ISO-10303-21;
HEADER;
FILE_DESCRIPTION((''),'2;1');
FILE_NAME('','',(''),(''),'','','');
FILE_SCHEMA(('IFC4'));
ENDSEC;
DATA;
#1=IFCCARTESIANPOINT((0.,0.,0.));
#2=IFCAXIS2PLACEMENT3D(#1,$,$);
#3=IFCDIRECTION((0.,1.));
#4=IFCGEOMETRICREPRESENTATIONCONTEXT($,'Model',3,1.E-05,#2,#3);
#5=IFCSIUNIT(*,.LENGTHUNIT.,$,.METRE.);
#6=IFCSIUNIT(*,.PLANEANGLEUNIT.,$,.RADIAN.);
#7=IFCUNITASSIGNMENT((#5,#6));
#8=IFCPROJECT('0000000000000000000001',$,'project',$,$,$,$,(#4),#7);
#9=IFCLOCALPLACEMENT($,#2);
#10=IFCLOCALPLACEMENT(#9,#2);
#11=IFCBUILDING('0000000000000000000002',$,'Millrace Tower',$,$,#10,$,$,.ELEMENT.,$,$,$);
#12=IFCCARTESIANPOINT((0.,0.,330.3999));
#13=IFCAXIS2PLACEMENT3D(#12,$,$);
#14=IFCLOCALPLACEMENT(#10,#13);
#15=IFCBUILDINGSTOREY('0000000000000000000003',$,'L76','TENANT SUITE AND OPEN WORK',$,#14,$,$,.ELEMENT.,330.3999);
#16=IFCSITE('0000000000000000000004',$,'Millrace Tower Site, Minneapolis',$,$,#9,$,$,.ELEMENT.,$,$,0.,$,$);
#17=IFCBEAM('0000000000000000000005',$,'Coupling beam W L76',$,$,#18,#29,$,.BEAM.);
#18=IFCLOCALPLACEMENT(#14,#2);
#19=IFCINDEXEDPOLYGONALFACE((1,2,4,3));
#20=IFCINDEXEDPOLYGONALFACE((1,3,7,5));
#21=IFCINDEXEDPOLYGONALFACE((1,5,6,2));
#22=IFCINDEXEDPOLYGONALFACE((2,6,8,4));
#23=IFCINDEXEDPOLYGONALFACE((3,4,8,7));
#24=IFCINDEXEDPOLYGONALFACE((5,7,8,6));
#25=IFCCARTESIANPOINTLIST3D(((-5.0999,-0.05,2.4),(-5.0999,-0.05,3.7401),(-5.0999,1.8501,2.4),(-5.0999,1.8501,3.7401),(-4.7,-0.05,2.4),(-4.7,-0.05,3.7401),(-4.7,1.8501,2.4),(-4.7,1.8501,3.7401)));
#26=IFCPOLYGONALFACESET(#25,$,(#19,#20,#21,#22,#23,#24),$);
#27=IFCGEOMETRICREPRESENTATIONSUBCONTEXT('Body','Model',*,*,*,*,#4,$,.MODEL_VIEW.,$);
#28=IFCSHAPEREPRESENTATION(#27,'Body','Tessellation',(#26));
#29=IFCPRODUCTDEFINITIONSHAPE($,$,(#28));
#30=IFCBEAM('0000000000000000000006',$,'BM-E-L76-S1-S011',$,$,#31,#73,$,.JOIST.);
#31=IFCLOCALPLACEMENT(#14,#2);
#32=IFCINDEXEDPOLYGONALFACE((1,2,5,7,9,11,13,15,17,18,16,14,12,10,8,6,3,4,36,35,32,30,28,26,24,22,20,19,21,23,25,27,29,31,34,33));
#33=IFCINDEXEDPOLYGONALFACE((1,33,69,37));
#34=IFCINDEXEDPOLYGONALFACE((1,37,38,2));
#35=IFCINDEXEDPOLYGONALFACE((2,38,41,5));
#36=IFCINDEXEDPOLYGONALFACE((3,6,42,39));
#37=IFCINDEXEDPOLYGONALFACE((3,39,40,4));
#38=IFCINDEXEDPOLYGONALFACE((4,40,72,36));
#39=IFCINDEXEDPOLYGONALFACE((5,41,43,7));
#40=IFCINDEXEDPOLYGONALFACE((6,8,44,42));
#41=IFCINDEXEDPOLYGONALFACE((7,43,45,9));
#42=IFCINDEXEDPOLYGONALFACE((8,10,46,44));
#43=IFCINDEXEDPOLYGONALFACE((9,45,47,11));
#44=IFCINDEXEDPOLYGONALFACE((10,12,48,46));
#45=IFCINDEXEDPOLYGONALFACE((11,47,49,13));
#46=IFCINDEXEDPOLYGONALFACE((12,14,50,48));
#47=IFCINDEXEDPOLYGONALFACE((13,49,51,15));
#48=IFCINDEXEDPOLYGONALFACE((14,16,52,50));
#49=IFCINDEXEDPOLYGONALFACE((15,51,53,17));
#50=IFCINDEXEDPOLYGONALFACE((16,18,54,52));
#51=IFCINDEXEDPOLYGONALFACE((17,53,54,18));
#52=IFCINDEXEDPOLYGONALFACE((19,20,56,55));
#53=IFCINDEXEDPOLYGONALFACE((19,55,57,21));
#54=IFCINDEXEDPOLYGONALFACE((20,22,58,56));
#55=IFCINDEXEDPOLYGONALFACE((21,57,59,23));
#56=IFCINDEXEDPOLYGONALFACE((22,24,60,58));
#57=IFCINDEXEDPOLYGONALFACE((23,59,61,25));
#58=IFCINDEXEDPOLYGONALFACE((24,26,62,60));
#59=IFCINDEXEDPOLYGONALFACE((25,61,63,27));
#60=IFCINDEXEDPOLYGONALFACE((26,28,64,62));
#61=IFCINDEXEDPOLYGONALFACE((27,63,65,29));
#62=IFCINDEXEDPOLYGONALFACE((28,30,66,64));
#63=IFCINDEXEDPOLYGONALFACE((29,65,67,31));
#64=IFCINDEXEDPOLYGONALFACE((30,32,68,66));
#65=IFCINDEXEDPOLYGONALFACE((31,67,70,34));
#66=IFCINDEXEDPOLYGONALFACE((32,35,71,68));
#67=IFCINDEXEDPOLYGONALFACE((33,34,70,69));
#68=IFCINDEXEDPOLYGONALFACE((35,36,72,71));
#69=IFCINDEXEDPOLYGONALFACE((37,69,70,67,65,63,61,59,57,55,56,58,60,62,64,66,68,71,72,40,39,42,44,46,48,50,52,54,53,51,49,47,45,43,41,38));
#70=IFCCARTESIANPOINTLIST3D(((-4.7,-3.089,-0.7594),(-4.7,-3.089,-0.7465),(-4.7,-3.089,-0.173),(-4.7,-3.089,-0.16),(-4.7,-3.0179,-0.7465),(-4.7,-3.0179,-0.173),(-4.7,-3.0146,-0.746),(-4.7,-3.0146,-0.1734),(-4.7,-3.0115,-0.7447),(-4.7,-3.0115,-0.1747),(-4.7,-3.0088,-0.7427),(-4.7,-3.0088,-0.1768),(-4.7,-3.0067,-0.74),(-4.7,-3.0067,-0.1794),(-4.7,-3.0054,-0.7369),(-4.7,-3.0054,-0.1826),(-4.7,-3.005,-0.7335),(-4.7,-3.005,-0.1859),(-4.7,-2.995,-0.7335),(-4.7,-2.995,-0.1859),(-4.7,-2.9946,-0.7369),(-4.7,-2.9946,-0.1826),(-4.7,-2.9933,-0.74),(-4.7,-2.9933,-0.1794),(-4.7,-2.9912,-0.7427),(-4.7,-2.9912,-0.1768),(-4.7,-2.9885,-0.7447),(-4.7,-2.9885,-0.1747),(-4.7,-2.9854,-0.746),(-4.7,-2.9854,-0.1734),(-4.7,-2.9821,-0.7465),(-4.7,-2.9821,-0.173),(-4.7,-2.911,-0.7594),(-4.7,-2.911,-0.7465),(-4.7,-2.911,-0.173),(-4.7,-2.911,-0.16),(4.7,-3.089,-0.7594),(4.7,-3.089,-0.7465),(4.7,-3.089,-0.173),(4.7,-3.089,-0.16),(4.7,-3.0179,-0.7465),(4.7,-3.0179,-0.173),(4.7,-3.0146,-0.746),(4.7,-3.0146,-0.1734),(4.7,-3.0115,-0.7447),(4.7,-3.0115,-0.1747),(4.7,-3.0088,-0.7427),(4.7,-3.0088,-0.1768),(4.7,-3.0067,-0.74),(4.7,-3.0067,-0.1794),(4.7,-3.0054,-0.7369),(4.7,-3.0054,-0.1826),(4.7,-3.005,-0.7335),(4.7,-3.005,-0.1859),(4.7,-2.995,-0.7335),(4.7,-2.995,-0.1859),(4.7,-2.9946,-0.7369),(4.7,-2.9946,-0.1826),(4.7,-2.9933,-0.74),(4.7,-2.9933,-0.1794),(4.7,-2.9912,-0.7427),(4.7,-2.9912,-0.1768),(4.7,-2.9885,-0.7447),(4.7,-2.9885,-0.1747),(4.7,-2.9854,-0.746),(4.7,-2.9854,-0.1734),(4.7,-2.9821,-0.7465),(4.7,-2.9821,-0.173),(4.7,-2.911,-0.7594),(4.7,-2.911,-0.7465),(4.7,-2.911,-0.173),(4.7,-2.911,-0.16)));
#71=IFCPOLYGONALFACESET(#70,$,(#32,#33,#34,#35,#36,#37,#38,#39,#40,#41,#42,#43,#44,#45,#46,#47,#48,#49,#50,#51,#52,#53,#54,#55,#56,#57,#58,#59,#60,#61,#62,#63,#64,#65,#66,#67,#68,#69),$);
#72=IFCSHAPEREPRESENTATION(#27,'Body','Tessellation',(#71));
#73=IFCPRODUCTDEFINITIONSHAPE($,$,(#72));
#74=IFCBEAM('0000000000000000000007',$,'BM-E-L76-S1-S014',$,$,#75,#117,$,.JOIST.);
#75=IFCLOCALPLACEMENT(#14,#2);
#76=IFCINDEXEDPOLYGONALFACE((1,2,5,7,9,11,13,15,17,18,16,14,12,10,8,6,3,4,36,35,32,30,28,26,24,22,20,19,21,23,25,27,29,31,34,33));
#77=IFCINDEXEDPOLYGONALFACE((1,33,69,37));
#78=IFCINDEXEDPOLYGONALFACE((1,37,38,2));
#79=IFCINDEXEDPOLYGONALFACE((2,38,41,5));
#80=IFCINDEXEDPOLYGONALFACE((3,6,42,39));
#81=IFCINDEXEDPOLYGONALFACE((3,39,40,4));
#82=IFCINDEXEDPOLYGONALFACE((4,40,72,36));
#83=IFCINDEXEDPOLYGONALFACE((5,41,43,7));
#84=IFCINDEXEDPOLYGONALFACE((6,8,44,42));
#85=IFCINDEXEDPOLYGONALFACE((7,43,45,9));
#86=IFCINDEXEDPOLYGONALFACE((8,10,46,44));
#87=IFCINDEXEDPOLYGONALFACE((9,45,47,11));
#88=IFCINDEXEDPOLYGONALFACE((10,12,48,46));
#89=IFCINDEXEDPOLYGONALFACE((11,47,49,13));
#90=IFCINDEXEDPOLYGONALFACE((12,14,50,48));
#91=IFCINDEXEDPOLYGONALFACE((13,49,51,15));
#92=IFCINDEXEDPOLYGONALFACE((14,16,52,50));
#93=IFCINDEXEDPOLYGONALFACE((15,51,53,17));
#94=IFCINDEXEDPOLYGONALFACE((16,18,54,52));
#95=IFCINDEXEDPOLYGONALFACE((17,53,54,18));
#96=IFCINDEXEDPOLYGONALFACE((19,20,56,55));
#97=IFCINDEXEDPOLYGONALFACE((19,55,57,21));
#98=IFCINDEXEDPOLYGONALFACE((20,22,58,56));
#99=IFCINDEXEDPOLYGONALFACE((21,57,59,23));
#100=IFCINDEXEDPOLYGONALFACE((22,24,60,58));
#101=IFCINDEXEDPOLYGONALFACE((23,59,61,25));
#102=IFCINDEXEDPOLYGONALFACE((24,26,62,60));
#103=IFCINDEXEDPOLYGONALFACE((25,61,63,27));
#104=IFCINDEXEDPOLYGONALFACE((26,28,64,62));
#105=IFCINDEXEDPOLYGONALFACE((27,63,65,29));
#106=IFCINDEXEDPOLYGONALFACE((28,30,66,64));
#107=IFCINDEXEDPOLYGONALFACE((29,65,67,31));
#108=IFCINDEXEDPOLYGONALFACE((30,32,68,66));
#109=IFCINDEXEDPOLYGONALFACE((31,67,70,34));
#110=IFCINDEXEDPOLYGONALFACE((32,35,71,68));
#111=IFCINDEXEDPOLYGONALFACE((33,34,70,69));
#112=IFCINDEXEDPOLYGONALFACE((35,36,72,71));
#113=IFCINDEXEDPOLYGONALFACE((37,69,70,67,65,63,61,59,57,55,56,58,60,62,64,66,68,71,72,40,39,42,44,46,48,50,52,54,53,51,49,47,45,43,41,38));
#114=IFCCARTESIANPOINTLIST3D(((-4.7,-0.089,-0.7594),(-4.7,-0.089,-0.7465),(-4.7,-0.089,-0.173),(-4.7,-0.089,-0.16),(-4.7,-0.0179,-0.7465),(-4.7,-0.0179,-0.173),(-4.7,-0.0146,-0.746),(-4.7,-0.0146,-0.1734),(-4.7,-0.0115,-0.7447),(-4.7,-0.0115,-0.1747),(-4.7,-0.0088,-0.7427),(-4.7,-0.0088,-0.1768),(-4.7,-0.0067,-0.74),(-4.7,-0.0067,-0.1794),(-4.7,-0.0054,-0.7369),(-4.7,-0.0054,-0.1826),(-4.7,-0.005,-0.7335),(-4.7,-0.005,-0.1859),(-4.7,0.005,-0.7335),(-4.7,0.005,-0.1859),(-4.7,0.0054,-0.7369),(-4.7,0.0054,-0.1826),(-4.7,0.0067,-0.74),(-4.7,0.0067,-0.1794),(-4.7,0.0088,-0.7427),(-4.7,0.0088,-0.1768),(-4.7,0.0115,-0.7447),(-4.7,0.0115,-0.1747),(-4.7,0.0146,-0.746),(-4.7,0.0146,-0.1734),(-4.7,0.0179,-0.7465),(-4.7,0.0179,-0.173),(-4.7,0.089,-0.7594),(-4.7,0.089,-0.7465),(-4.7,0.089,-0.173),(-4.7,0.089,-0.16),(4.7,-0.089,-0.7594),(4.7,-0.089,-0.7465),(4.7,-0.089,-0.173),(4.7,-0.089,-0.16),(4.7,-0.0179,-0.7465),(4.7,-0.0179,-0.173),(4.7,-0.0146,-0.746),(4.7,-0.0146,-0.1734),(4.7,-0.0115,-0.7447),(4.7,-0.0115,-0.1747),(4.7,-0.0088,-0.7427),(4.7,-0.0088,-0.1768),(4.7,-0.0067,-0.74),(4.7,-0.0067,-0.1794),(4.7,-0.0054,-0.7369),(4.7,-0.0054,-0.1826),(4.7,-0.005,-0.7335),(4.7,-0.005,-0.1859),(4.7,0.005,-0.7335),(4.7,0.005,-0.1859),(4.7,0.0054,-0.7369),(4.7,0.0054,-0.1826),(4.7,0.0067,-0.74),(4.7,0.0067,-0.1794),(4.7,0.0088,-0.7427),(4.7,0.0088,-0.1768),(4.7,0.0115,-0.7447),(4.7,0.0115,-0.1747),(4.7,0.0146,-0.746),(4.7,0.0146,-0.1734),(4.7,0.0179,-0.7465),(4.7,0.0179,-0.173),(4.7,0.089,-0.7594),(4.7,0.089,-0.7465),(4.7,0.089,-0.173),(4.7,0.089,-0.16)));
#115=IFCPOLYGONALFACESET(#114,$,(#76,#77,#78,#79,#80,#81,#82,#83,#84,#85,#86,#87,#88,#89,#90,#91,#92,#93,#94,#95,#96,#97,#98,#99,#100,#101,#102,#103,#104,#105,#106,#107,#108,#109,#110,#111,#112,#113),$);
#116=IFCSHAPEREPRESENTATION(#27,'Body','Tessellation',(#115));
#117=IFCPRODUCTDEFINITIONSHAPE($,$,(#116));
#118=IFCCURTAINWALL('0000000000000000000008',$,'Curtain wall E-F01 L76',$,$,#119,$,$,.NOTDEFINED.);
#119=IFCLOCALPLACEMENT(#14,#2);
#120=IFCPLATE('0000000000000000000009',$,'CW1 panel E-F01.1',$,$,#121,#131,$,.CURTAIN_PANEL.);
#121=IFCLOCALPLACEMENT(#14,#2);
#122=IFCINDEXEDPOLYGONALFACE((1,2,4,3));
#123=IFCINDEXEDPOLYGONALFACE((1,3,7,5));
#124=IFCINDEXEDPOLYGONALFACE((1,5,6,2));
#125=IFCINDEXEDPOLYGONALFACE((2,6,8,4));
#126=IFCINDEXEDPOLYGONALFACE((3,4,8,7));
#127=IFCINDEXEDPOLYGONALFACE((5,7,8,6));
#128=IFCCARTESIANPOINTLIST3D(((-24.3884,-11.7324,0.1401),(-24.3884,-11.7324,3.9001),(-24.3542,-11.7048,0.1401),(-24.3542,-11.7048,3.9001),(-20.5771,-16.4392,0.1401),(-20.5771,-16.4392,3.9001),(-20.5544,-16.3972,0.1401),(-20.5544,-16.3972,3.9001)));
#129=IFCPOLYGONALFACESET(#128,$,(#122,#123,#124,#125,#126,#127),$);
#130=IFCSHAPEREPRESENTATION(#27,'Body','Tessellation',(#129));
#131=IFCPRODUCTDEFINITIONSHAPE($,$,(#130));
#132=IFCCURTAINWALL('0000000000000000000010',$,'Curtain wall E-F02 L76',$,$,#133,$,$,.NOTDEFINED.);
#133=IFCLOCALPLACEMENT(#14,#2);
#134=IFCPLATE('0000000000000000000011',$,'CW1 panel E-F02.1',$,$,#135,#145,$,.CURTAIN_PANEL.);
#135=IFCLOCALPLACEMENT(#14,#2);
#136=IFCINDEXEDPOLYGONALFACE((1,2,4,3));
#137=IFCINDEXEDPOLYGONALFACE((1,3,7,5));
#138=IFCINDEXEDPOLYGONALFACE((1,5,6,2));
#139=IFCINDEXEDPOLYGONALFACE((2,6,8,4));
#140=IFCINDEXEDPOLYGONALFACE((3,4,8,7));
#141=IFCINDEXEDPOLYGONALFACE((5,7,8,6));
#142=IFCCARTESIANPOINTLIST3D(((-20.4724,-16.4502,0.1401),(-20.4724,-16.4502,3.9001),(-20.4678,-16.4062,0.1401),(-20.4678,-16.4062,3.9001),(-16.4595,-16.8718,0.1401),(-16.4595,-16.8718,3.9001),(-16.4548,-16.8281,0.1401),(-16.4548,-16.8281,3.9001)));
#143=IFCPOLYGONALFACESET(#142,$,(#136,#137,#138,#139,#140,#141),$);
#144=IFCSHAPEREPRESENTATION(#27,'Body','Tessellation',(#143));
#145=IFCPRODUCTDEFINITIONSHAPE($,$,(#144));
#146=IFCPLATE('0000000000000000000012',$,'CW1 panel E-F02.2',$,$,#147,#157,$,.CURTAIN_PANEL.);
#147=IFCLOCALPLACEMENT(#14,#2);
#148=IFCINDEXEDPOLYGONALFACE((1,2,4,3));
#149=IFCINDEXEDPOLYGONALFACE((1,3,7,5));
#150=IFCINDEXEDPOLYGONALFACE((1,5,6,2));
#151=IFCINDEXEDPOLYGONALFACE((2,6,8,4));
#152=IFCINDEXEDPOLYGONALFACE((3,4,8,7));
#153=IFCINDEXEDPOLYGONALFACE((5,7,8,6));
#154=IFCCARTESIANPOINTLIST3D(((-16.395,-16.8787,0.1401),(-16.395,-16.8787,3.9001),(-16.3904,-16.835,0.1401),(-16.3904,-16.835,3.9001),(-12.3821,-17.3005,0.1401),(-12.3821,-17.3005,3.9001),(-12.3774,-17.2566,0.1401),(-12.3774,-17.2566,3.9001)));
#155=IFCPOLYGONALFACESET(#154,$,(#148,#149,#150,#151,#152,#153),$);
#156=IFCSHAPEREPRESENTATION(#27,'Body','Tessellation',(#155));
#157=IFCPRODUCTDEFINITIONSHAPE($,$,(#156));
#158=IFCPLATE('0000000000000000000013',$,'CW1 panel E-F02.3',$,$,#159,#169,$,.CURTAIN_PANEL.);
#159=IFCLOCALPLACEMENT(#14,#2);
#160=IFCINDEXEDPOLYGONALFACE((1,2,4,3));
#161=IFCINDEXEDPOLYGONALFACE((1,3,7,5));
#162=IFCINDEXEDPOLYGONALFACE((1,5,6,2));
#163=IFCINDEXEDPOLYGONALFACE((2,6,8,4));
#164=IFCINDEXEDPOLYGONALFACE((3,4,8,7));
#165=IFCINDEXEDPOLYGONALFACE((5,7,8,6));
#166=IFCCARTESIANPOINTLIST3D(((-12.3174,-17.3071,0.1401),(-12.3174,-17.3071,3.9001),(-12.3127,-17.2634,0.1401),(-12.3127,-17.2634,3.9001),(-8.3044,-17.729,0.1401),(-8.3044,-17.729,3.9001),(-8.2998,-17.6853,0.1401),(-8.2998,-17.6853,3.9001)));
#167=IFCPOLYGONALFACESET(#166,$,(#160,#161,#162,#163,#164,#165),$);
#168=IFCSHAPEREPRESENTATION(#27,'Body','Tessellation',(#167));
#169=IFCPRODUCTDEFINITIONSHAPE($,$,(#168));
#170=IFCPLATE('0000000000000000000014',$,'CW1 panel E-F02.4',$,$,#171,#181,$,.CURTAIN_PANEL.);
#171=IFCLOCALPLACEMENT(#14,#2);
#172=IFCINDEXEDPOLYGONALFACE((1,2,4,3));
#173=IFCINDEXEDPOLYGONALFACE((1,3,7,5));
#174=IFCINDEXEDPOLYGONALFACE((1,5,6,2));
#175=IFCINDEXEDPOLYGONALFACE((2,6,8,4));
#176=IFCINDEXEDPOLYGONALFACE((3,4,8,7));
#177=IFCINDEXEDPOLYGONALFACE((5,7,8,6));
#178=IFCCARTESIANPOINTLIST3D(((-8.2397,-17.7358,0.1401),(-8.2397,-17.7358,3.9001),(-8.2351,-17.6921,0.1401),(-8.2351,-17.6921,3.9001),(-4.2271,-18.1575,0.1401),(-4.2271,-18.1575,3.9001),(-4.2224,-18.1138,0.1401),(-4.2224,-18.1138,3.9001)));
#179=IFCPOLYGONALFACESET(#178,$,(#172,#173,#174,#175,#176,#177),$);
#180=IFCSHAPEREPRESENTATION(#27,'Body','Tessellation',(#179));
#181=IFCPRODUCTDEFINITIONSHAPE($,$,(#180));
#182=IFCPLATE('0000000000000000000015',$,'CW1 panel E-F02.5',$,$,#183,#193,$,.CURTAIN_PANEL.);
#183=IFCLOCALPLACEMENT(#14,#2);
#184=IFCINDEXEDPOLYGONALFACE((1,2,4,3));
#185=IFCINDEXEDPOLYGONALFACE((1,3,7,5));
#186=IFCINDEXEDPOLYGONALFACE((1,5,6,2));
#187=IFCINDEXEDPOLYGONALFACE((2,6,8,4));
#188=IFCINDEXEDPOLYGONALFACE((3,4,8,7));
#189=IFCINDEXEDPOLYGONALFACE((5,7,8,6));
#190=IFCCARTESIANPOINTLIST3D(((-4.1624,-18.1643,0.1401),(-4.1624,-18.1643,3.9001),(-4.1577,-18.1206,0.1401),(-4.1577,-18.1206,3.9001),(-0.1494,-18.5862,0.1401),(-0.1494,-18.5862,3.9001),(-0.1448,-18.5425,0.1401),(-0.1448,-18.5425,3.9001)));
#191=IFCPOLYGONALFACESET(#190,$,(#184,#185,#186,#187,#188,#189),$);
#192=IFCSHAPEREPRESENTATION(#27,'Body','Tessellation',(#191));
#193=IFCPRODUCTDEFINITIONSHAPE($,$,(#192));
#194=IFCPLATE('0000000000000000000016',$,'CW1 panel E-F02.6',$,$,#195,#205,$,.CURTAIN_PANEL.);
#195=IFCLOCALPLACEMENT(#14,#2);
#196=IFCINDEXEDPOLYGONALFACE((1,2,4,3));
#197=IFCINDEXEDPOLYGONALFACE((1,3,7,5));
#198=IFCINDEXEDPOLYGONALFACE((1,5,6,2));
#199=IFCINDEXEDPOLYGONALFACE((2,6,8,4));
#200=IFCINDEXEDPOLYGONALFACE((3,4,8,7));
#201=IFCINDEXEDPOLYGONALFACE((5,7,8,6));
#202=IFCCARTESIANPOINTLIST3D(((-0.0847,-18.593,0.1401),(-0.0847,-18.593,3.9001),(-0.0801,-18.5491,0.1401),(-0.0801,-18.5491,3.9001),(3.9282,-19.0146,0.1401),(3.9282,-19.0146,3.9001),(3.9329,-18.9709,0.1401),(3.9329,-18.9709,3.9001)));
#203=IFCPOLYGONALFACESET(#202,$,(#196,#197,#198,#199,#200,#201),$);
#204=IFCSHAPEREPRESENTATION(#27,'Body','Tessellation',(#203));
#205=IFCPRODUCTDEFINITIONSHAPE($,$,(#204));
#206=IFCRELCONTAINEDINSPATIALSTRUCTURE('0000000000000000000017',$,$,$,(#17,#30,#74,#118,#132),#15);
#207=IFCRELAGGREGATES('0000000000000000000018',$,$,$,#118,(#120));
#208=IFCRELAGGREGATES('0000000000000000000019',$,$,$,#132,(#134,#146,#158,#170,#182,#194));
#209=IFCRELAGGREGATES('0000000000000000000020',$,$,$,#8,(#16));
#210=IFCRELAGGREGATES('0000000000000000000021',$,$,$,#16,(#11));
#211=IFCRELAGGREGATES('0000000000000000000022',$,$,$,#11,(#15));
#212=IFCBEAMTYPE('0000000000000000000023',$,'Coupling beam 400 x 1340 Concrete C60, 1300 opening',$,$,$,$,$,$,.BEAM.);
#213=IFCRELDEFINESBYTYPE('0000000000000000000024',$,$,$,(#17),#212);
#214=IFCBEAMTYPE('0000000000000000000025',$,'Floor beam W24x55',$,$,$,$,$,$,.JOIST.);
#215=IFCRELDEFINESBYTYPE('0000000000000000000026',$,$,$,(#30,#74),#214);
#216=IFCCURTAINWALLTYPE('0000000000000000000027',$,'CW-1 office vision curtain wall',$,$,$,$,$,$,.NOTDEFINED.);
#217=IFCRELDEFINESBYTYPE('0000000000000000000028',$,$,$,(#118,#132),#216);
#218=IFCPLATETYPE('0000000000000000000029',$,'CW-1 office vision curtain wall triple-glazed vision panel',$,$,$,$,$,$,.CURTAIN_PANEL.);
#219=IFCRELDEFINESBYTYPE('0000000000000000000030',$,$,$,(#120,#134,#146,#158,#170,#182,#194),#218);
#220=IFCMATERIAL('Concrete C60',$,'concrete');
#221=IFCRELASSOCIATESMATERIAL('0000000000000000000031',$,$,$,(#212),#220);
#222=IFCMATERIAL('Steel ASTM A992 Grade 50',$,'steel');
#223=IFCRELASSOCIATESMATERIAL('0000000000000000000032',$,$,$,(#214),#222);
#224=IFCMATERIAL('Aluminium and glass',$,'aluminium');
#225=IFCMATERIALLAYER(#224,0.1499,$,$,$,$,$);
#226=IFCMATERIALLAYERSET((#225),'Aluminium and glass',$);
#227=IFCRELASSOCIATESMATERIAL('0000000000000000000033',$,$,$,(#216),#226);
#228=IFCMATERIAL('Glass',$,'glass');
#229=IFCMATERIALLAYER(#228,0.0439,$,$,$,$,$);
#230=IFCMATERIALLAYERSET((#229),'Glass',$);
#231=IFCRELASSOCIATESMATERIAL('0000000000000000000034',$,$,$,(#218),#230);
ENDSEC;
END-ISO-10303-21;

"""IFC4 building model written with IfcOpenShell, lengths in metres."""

from ifc_helpers import new_model, si_unit, direction, frame, origin, origin_2d, place, context, subcontext, project, spatial, polyline, rectangle, i_section, outline, extrude, material, layer, layer_set, material_profile, profile_set, type_object, element, aggregate, save


model = new_model("IFC4")

# Units and contexts
model_context = context("Model", 3, precision=1e-05, world=origin(), true_north=direction((0.0, 1.0)))
body_context = subcontext(model_context, "Body", "Model", "MODEL_VIEW")
ifc_project = project(units=[si_unit("LENGTHUNIT", "METRE"), si_unit("PLANEANGLEUNIT", "RADIAN")], contexts=[model_context])

# Site, building, storey
site_placement = place(None, origin())
site = spatial("IfcSite", under=ifc_project, at=site_placement, Name="Millrace Tower Site, Minneapolis", CompositionType="ELEMENT", RefElevation=0.0)
building_placement = place(site_placement, origin())
building = spatial("IfcBuilding", under=site, at=building_placement, Name="Millrace Tower", CompositionType="ELEMENT")
storey_placement = place(building_placement, frame((0.0, 0.0, 330.3999)))
storey = spatial("IfcBuildingStorey", under=building, at=storey_placement, Name="L76", Description="TENANT SUITE AND OPEN WORK", CompositionType="ELEMENT", Elevation=330.3999)

# Beams
ifc_material_1 = material(Name="Concrete C60", Category="concrete")
ifc_material_profile_1 = material_profile(ifc_material_1, rectangle(XDim=0.3999, YDim=1.3401, at=origin_2d()))
ifc_profile_set_1 = profile_set([ifc_material_profile_1], Name="Concrete C60")
beam_type_1 = type_object("IfcBeamType", Name="Coupling beam 400 x 1340 Concrete C60, 1300 opening", PredefinedType="BEAM", material=ifc_profile_set_1)
beam_placement = place(storey_placement, frame((-4.8999, -0.05, 3.0701), z_axis=(0.0, 1.0, 0.0), x_axis=(-1.0, 0.0, 0.0)))
element("IfcBeam", 1, at=beam_placement, inside=storey, type_object=beam_type_1, Name="Coupling beam W L76", PredefinedType="BEAM", context=body_context, shape_type="SweptSolid", body=[
    extrude(rectangle(XDim=0.3999, YDim=1.3401, at=origin_2d()), origin(), (0.0, 0.0, 1.0), 1.9001),
])
ifc_material_2 = material(Name="Steel ASTM A992 Grade 50", Category="steel")
ifc_material_profile_2 = material_profile(ifc_material_2, i_section(OverallWidth=0.178, OverallDepth=0.5994, WebThickness=0.01, FlangeThickness=0.0129, FilletRadius=0.0129, at=origin_2d()))
ifc_profile_set_2 = profile_set([ifc_material_profile_2], Name="Steel ASTM A992 Grade 50")
beam_type_2 = type_object("IfcBeamType", Name="Floor beam W24x55", PredefinedType="JOIST", material=ifc_profile_set_2)
for number, where, z_axis, x_axis, name in (
    (2, (-4.7, -3.0, -0.4597), (1.0, 0.0, 0.0), (0.0, 1.0, 0.0), "BM-E-L76-S1-S011"),
    (3, (-4.7, 0.0, -0.4597), (1.0, 0.0, 0.0), (0.0, 1.0, 0.0), "BM-E-L76-S1-S014"),
):
    element("IfcBeam", number, at=place(storey_placement, frame(where, z_axis=z_axis, x_axis=x_axis)), inside=storey, type_object=beam_type_2, Name=name, PredefinedType="JOIST", context=body_context, shape_type="SweptSolid", body=[
        extrude(i_section(OverallWidth=0.178, OverallDepth=0.5994, WebThickness=0.01, FlangeThickness=0.0129, FilletRadius=0.0129, at=origin_2d()), origin(), (0.0, 0.0, 1.0), 9.3999),
    ])

# Curtain wall, plate
ifc_material_3 = material(Name="Aluminium and glass", Category="aluminium")
ifc_layer_1 = layer(ifc_material_3, 0.1499)
ifc_layer_set_1 = layer_set([ifc_layer_1], Name="Aluminium and glass")
curtain_wall_type = type_object("IfcCurtainWallType", Name="CW-1 office vision curtain wall", PredefinedType="NOTDEFINED", material=ifc_layer_set_1)
placement_1 = place(storey_placement, origin())
curtain_wall_1 = element("IfcCurtainWall", 4, at=placement_1, inside=storey, type_object=curtain_wall_type, Name="Curtain wall E-F01 L76", PredefinedType="NOTDEFINED")
ifc_material_4 = material(Name="Glass", Category="glass")
ifc_layer_2 = layer(ifc_material_4, 0.0439)
ifc_layer_set_2 = layer_set([ifc_layer_2], Name="Glass")
plate_type = type_object("IfcPlateType", Name="CW-1 office vision curtain wall triple-glazed vision panel", PredefinedType="CURTAIN_PANEL", material=ifc_layer_set_2)
placement_2 = place(storey_placement, frame((0.0, 0.0, 0.1401)))
plate_1 = element("IfcPlate", 5, at=placement_2, type_object=plate_type, Name="CW1 panel E-F01.1", PredefinedType="CURTAIN_PANEL", context=body_context, shape_type="SweptSolid", body=[
    extrude(outline(polyline([(-24.3884, -11.7324), (-20.5771, -16.4392), (-20.5544, -16.3972), (-24.3542, -11.7048), (-24.3884, -11.7324)])), origin(), (0.0, 0.0, 1.0), 3.76),
])
aggregate(curtain_wall_1, [plate_1])

# Curtain wall, plates
curtain_wall_2 = element("IfcCurtainWall", 6, at=placement_1, inside=storey, type_object=curtain_wall_type, Name="Curtain wall E-F02 L76", PredefinedType="NOTDEFINED")
plate_2 = element("IfcPlate", 7, at=placement_2, type_object=plate_type, Name="CW1 panel E-F02.1", PredefinedType="CURTAIN_PANEL", context=body_context, shape_type="SweptSolid", body=[
    extrude(outline(polyline([(-20.4724, -16.4502), (-16.4595, -16.8718), (-16.4548, -16.8281), (-20.4678, -16.4062), (-20.4724, -16.4502)])), origin(), (0.0, 0.0, 1.0), 3.76),
])
plate_3 = element("IfcPlate", 8, at=placement_2, type_object=plate_type, Name="CW1 panel E-F02.2", PredefinedType="CURTAIN_PANEL", context=body_context, shape_type="SweptSolid", body=[
    extrude(outline(polyline([(-16.395, -16.8787), (-12.3821, -17.3005), (-12.3774, -17.2566), (-16.3904, -16.835), (-16.395, -16.8787)])), origin(), (0.0, 0.0, 1.0), 3.76),
])
plate_4 = element("IfcPlate", 9, at=placement_2, type_object=plate_type, Name="CW1 panel E-F02.3", PredefinedType="CURTAIN_PANEL", context=body_context, shape_type="SweptSolid", body=[
    extrude(outline(polyline([(-12.3174, -17.3071), (-8.3044, -17.729), (-8.2998, -17.6853), (-12.3127, -17.2634), (-12.3174, -17.3071)])), origin(), (0.0, 0.0, 1.0), 3.76),
])
plate_5 = element("IfcPlate", 10, at=placement_2, type_object=plate_type, Name="CW1 panel E-F02.4", PredefinedType="CURTAIN_PANEL", context=body_context, shape_type="SweptSolid", body=[
    extrude(outline(polyline([(-8.2397, -17.7358), (-4.2271, -18.1575), (-4.2224, -18.1138), (-8.2351, -17.6921), (-8.2397, -17.7358)])), origin(), (0.0, 0.0, 1.0), 3.76),
])
plate_6 = element("IfcPlate", 11, at=placement_2, type_object=plate_type, Name="CW1 panel E-F02.5", PredefinedType="CURTAIN_PANEL", context=body_context, shape_type="SweptSolid", body=[
    extrude(outline(polyline([(-4.1624, -18.1643), (-0.1494, -18.5862), (-0.1448, -18.5425), (-4.1577, -18.1206), (-4.1624, -18.1643)])), origin(), (0.0, 0.0, 1.0), 3.76),
])
plate_7 = element("IfcPlate", 12, at=placement_2, type_object=plate_type, Name="CW1 panel E-F02.6", PredefinedType="CURTAIN_PANEL", context=body_context, shape_type="SweptSolid", body=[
    extrude(outline(polyline([(-0.0847, -18.593), (3.9282, -19.0146), (3.9329, -18.9709), (-0.0801, -18.5491), (-0.0847, -18.593)])), origin(), (0.0, 0.0, 1.0), 3.76),
])
aggregate(curtain_wall_2, [plate_2, plate_3, plate_4, plate_5, plate_6, plate_7])

save(model, "model.ifc")
